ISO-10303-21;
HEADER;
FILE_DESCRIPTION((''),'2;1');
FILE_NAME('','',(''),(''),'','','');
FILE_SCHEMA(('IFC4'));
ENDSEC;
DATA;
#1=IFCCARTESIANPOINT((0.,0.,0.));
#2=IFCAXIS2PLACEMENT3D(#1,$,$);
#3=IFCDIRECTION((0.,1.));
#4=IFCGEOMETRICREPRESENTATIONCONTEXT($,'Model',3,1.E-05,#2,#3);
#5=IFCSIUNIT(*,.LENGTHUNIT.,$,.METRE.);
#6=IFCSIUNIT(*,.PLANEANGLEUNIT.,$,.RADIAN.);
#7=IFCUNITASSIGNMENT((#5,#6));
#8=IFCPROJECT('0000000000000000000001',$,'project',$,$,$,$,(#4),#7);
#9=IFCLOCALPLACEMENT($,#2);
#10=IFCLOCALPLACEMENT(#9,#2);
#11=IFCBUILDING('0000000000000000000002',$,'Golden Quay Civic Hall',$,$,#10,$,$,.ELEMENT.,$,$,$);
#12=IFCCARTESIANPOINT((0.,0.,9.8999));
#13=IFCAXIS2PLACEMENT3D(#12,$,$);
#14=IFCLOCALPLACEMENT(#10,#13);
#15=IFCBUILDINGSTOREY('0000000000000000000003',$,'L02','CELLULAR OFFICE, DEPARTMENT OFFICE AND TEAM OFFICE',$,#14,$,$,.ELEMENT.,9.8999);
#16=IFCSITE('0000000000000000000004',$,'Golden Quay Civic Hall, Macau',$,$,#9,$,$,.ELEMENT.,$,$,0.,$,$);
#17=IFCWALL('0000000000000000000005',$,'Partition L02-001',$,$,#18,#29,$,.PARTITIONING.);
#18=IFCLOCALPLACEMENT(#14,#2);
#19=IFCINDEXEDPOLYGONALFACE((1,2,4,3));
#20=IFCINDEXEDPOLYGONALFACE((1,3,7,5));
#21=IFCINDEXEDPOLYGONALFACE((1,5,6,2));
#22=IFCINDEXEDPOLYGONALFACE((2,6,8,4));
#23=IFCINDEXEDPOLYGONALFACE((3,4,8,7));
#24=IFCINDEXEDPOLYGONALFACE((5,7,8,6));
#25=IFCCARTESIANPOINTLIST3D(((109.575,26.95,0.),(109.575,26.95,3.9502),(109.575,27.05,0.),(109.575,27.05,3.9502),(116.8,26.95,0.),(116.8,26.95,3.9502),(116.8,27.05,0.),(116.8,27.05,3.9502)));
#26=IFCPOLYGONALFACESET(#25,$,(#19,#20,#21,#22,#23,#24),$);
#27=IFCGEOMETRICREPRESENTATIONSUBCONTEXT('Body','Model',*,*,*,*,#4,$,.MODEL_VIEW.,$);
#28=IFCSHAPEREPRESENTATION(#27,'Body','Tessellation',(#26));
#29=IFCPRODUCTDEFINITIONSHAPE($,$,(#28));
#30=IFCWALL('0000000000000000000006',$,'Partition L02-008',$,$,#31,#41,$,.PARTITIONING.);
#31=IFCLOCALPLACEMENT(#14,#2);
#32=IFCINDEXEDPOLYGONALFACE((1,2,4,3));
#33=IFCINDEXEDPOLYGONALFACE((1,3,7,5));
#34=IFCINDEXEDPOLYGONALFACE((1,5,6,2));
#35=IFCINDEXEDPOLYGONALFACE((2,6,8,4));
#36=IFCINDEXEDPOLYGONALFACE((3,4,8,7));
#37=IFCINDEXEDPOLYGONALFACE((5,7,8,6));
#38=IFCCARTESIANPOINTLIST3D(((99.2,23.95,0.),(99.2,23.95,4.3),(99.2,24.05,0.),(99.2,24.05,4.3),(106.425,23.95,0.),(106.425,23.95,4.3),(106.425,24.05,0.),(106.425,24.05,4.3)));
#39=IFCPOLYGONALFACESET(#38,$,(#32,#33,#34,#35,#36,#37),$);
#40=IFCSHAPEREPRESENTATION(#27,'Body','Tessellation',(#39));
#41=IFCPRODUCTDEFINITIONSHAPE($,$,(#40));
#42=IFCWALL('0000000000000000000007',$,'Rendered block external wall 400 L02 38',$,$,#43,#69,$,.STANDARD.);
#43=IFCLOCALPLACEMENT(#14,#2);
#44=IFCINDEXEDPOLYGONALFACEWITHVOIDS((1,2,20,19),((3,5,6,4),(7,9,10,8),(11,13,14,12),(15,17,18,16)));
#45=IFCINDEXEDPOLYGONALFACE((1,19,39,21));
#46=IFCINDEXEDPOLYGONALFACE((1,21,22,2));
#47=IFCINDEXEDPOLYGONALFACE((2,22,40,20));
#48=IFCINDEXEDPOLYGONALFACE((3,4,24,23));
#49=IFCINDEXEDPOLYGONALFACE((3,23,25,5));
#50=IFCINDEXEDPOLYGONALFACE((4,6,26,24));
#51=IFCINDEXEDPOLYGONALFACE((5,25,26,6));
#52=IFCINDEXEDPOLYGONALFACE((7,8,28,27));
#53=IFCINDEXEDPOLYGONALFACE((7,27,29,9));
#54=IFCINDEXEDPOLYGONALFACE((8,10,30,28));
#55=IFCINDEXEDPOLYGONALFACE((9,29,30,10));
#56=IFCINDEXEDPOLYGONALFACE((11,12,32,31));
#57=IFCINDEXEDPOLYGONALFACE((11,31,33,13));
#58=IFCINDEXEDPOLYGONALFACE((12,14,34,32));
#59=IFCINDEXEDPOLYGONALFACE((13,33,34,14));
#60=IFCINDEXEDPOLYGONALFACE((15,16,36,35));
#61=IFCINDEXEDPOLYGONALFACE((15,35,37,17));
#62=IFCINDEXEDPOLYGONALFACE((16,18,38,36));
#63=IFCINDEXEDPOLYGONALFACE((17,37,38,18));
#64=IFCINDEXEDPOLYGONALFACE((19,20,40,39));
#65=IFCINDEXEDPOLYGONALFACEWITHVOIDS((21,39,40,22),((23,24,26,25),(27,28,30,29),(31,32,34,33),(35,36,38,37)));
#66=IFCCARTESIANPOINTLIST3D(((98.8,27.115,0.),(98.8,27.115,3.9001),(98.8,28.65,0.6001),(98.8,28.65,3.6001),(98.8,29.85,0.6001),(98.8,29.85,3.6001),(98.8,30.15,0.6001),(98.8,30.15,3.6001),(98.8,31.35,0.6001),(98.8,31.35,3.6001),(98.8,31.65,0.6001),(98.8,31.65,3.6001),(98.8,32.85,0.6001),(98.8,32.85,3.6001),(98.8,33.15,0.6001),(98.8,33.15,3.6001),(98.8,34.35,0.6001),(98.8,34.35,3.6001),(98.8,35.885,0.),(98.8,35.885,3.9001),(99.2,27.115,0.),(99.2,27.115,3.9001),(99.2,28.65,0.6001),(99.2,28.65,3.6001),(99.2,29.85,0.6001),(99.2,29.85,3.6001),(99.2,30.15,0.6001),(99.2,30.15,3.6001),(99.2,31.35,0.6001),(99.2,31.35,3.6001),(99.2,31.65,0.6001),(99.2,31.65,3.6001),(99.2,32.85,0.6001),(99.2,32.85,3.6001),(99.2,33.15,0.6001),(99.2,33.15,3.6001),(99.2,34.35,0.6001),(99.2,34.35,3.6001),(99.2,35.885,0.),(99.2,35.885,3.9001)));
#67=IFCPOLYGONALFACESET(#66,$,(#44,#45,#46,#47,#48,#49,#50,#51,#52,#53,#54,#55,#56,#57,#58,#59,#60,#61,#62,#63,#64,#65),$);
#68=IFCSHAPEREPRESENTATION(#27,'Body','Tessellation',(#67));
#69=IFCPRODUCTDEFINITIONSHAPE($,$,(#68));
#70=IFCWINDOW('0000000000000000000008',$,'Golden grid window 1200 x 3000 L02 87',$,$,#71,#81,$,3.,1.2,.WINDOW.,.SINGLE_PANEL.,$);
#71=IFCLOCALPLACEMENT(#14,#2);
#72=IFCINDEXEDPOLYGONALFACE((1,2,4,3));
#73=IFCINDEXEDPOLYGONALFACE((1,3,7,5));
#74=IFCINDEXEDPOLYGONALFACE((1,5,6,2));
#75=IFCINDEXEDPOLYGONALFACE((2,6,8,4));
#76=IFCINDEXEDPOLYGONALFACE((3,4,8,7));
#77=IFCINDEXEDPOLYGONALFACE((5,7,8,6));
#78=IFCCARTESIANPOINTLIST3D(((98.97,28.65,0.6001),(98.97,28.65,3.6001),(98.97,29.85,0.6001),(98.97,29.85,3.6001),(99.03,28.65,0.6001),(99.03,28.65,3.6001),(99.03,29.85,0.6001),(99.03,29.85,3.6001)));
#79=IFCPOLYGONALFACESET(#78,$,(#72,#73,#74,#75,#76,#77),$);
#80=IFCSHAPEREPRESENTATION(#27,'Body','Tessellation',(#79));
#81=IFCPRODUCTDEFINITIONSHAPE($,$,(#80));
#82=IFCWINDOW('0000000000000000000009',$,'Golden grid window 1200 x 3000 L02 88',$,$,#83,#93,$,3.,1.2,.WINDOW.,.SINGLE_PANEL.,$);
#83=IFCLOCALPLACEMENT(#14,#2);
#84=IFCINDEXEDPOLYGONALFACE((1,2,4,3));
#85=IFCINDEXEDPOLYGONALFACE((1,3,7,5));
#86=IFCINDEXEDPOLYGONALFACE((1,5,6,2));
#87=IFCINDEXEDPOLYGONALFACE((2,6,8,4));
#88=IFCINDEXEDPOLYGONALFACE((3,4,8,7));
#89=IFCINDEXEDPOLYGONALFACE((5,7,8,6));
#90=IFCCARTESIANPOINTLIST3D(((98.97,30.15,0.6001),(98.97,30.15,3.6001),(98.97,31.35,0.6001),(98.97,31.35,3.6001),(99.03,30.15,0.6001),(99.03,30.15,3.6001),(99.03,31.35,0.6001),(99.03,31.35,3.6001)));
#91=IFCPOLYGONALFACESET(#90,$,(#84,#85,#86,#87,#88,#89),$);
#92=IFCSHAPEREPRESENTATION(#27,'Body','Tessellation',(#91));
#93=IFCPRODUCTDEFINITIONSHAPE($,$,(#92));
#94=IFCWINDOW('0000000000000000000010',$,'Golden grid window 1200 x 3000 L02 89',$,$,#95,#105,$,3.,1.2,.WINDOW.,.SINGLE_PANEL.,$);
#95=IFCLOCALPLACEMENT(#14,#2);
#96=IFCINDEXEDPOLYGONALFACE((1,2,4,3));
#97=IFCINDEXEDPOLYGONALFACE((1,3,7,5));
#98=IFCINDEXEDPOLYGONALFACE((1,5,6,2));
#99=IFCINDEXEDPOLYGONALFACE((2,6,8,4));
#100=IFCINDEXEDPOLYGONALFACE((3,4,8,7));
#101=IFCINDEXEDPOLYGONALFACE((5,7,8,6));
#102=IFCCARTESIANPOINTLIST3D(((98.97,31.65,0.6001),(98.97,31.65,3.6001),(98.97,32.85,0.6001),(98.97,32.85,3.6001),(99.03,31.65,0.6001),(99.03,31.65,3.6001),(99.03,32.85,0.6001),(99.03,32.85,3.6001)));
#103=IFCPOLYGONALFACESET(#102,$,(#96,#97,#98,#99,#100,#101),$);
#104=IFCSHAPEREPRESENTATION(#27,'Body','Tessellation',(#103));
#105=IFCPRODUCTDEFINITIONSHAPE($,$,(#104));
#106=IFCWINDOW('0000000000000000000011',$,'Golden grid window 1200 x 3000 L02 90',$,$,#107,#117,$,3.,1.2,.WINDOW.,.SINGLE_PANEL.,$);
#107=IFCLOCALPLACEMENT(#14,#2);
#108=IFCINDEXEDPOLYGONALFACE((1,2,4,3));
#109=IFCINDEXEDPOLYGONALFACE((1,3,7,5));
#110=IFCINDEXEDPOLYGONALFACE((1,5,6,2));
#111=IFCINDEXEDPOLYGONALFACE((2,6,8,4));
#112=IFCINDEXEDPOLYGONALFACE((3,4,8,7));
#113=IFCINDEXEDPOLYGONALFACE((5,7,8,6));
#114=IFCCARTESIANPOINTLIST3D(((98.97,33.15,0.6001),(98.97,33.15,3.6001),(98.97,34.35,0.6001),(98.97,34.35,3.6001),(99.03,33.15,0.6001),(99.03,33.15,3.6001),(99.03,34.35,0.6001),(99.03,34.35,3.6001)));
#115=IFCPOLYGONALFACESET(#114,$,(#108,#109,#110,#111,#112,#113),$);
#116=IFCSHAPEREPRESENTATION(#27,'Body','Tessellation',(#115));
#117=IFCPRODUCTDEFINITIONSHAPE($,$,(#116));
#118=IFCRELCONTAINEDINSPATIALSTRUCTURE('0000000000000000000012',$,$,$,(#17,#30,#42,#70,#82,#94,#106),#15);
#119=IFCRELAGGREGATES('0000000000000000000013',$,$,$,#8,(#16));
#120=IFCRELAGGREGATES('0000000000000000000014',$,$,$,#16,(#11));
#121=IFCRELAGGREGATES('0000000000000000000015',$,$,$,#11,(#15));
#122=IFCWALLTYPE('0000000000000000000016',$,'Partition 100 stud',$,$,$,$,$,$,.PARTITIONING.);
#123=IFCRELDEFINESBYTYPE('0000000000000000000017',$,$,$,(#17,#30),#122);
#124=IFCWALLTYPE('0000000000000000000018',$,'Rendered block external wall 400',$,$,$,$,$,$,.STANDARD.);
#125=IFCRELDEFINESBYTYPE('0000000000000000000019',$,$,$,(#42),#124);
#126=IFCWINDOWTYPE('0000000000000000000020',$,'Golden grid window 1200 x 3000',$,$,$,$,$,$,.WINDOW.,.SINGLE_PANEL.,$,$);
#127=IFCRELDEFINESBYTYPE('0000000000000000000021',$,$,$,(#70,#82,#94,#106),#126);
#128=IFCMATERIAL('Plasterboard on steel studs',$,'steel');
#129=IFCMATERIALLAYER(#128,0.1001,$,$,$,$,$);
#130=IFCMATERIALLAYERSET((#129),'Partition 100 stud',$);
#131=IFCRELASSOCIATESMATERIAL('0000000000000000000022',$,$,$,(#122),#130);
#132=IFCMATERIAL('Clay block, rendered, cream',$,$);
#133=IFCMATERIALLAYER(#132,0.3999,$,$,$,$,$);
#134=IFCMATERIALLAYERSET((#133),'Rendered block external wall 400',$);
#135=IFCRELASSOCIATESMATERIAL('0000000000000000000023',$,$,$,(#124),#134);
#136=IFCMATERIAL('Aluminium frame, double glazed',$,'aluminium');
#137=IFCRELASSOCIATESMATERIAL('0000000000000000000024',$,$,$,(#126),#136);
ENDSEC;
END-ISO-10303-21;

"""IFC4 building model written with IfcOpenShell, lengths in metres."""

from ifc_helpers import new_model, si_unit, direction, frame, frame_2d, origin, place, context, subcontext, project, spatial, rectangle, extrude, material, layer, layer_set, type_object, element, fill, save


model = new_model("IFC4")

# Units and contexts
model_context = context("Model", 3, precision=1e-05, world=origin(), true_north=direction((0.0, 1.0)))
body_context = subcontext(model_context, "Body", "Model", "MODEL_VIEW")
ifc_project = project(units=[si_unit("LENGTHUNIT", "METRE"), si_unit("PLANEANGLEUNIT", "RADIAN")], contexts=[model_context])

# Site, building, storey
site_placement = place(None, origin())
site = spatial("IfcSite", under=ifc_project, at=site_placement, Name="Golden Quay Civic Hall, Macau", CompositionType="ELEMENT", RefElevation=0.0)
building_placement = place(site_placement, origin())
building = spatial("IfcBuilding", under=site, at=building_placement, Name="Golden Quay Civic Hall", CompositionType="ELEMENT")
storey_placement = place(building_placement, frame((0.0, 0.0, 9.8999)))
storey = spatial("IfcBuildingStorey", under=building, at=storey_placement, Name="L02", Description="CELLULAR OFFICE, DEPARTMENT OFFICE AND TEAM OFFICE", CompositionType="ELEMENT", Elevation=9.8999)

# Walls
ifc_material_1 = material(Name="Plasterboard on steel studs", Category="steel")
ifc_layer_1 = layer(ifc_material_1, 0.1001)
ifc_layer_set_1 = layer_set([ifc_layer_1], Name="Partition 100 stud")
wall_type_1 = type_object("IfcWallType", Name="Partition 100 stud", PredefinedType="PARTITIONING", material=ifc_layer_set_1)
wall_1_placement = place(storey_placement, frame((109.575, 27.0, 0.0), z_axis=(0.0, 0.0, 1.0), x_axis=(1.0, 0.0, 0.0)))
element("IfcWall", 1, at=wall_1_placement, inside=storey, type_object=wall_type_1, Name="Partition L02-001", PredefinedType="PARTITIONING", context=body_context, shape_type="SweptSolid", body=[
    extrude(rectangle(XDim=7.2251, YDim=0.1001, at=frame_2d((3.6125, 0.0))), origin(), (0.0, 0.0, 1.0), 3.9502),
])
wall_2_placement = place(storey_placement, frame((99.2, 24.0, 0.0), z_axis=(0.0, 0.0, 1.0), x_axis=(1.0, 0.0, 0.0)))
element("IfcWall", 2, at=wall_2_placement, inside=storey, type_object=wall_type_1, Name="Partition L02-008", PredefinedType="PARTITIONING", context=body_context, shape_type="SweptSolid", body=[
    extrude(rectangle(XDim=7.2251, YDim=0.1001, at=frame_2d((3.6125, 0.0))), origin(), (0.0, 0.0, 1.0), 4.3),
])

# Wall, openings, windows
ifc_material_2 = material(Name="Clay block, rendered, cream")
ifc_layer_2 = layer(ifc_material_2, 0.3999)
ifc_layer_set_2 = layer_set([ifc_layer_2], Name="Rendered block external wall 400")
wall_type_2 = type_object("IfcWallType", Name="Rendered block external wall 400", PredefinedType="STANDARD", material=ifc_layer_set_2)
wall_3_placement = place(storey_placement, frame((99.0, 27.115, 0.0), z_axis=(0.0, 0.0, 1.0), x_axis=(0.0, 1.0, 0.0)))
wall_3 = element("IfcWall", 3, at=wall_3_placement, inside=storey, type_object=wall_type_2, Name="Rendered block external wall 400 L02 38", PredefinedType="STANDARD", context=body_context, shape_type="SweptSolid", body=[
    extrude(rectangle(XDim=8.77, YDim=0.3999, at=frame_2d((4.385, 0.0))), origin(), (0.0, 0.0, 1.0), 3.9001),
])
opening_1_placement = place(wall_3_placement, frame((1.5349, 0.0, 0.6001)))
opening_1 = element("IfcOpeningElement", 4, at=opening_1_placement, cuts=wall_3, PredefinedType="OPENING", context=body_context, shape_type="SweptSolid", body=[
    extrude(rectangle(XDim=1.2, YDim=3.0, at=frame_2d((0.6001, 1.5))), frame((0.0, 0.21, 0.0), z_axis=(0.0, -1.0, 0.0), x_axis=(1.0, 0.0, 0.0)), (0.0, 0.0, 1.0), 0.4199),
])
opening_2_placement = place(wall_3_placement, frame((3.0349, 0.0, 0.6001)))
opening_2 = element("IfcOpeningElement", 5, at=opening_2_placement, cuts=wall_3, PredefinedType="OPENING", context=body_context, shape_type="SweptSolid", body=[
    extrude(rectangle(XDim=1.2, YDim=3.0, at=frame_2d((0.6001, 1.5))), frame((0.0, 0.21, 0.0), z_axis=(0.0, -1.0, 0.0), x_axis=(1.0, 0.0, 0.0)), (0.0, 0.0, 1.0), 0.4199),
])
opening_3_placement = place(wall_3_placement, frame((4.5349, 0.0, 0.6001)))
opening_3 = element("IfcOpeningElement", 6, at=opening_3_placement, cuts=wall_3, PredefinedType="OPENING", context=body_context, shape_type="SweptSolid", body=[
    extrude(rectangle(XDim=1.2, YDim=3.0, at=frame_2d((0.6001, 1.5))), frame((0.0, 0.21, 0.0), z_axis=(0.0, -1.0, 0.0), x_axis=(1.0, 0.0, 0.0)), (0.0, 0.0, 1.0), 0.4199),
])
opening_4_placement = place(wall_3_placement, frame((6.0349, 0.0, 0.6001)))
opening_4 = element("IfcOpeningElement", 7, at=opening_4_placement, cuts=wall_3, PredefinedType="OPENING", context=body_context, shape_type="SweptSolid", body=[
    extrude(rectangle(XDim=1.2, YDim=3.0, at=frame_2d((0.6001, 1.5))), frame((0.0, 0.21, 0.0), z_axis=(0.0, -1.0, 0.0), x_axis=(1.0, 0.0, 0.0)), (0.0, 0.0, 1.0), 0.4199),
])
ifc_material_3 = material(Name="Aluminium frame, double glazed", Category="aluminium")
window_type = type_object("IfcWindowType", Name="Golden grid window 1200 x 3000", PartitioningType="SINGLE_PANEL", PredefinedType="WINDOW", material=ifc_material_3)
window_1_placement = place(opening_1_placement, origin())
window_1 = element("IfcWindow", 8, at=window_1_placement, inside=storey, type_object=window_type, Name="Golden grid window 1200 x 3000 L02 87", OverallHeight=3.0, OverallWidth=1.2, PartitioningType="SINGLE_PANEL", PredefinedType="WINDOW", context=body_context, shape_type="SweptSolid", body=[
    extrude(rectangle(XDim=1.2, YDim=3.0, at=frame_2d((0.6001, 1.5))), frame((0.0, 0.03, 0.0), z_axis=(0.0, -1.0, 0.0), x_axis=(1.0, 0.0, 0.0)), (0.0, 0.0, 1.0), 0.0601),
])
fill(opening_1, window_1)
window_2_placement = place(opening_2_placement, origin())
window_2 = element("IfcWindow", 9, at=window_2_placement, inside=storey, type_object=window_type, Name="Golden grid window 1200 x 3000 L02 88", OverallHeight=3.0, OverallWidth=1.2, PartitioningType="SINGLE_PANEL", PredefinedType="WINDOW", context=body_context, shape_type="SweptSolid", body=[
    extrude(rectangle(XDim=1.2, YDim=3.0, at=frame_2d((0.6001, 1.5))), frame((0.0, 0.03, 0.0), z_axis=(0.0, -1.0, 0.0), x_axis=(1.0, 0.0, 0.0)), (0.0, 0.0, 1.0), 0.0601),
])
fill(opening_2, window_2)
window_3_placement = place(opening_3_placement, origin())
window_3 = element("IfcWindow", 10, at=window_3_placement, inside=storey, type_object=window_type, Name="Golden grid window 1200 x 3000 L02 89", OverallHeight=3.0, OverallWidth=1.2, PartitioningType="SINGLE_PANEL", PredefinedType="WINDOW", context=body_context, shape_type="SweptSolid", body=[
    extrude(rectangle(XDim=1.2, YDim=3.0, at=frame_2d((0.6001, 1.5))), frame((0.0, 0.03, 0.0), z_axis=(0.0, -1.0, 0.0), x_axis=(1.0, 0.0, 0.0)), (0.0, 0.0, 1.0), 0.0601),
])
fill(opening_3, window_3)
window_4_placement = place(opening_4_placement, origin())
window_4 = element("IfcWindow", 11, at=window_4_placement, inside=storey, type_object=window_type, Name="Golden grid window 1200 x 3000 L02 90", OverallHeight=3.0, OverallWidth=1.2, PartitioningType="SINGLE_PANEL", PredefinedType="WINDOW", context=body_context, shape_type="SweptSolid", body=[
    extrude(rectangle(XDim=1.2, YDim=3.0, at=frame_2d((0.6001, 1.5))), frame((0.0, 0.03, 0.0), z_axis=(0.0, -1.0, 0.0), x_axis=(1.0, 0.0, 0.0)), (0.0, 0.0, 1.0), 0.0601),
])
fill(opening_4, window_4)

save(model, "model.ifc")
